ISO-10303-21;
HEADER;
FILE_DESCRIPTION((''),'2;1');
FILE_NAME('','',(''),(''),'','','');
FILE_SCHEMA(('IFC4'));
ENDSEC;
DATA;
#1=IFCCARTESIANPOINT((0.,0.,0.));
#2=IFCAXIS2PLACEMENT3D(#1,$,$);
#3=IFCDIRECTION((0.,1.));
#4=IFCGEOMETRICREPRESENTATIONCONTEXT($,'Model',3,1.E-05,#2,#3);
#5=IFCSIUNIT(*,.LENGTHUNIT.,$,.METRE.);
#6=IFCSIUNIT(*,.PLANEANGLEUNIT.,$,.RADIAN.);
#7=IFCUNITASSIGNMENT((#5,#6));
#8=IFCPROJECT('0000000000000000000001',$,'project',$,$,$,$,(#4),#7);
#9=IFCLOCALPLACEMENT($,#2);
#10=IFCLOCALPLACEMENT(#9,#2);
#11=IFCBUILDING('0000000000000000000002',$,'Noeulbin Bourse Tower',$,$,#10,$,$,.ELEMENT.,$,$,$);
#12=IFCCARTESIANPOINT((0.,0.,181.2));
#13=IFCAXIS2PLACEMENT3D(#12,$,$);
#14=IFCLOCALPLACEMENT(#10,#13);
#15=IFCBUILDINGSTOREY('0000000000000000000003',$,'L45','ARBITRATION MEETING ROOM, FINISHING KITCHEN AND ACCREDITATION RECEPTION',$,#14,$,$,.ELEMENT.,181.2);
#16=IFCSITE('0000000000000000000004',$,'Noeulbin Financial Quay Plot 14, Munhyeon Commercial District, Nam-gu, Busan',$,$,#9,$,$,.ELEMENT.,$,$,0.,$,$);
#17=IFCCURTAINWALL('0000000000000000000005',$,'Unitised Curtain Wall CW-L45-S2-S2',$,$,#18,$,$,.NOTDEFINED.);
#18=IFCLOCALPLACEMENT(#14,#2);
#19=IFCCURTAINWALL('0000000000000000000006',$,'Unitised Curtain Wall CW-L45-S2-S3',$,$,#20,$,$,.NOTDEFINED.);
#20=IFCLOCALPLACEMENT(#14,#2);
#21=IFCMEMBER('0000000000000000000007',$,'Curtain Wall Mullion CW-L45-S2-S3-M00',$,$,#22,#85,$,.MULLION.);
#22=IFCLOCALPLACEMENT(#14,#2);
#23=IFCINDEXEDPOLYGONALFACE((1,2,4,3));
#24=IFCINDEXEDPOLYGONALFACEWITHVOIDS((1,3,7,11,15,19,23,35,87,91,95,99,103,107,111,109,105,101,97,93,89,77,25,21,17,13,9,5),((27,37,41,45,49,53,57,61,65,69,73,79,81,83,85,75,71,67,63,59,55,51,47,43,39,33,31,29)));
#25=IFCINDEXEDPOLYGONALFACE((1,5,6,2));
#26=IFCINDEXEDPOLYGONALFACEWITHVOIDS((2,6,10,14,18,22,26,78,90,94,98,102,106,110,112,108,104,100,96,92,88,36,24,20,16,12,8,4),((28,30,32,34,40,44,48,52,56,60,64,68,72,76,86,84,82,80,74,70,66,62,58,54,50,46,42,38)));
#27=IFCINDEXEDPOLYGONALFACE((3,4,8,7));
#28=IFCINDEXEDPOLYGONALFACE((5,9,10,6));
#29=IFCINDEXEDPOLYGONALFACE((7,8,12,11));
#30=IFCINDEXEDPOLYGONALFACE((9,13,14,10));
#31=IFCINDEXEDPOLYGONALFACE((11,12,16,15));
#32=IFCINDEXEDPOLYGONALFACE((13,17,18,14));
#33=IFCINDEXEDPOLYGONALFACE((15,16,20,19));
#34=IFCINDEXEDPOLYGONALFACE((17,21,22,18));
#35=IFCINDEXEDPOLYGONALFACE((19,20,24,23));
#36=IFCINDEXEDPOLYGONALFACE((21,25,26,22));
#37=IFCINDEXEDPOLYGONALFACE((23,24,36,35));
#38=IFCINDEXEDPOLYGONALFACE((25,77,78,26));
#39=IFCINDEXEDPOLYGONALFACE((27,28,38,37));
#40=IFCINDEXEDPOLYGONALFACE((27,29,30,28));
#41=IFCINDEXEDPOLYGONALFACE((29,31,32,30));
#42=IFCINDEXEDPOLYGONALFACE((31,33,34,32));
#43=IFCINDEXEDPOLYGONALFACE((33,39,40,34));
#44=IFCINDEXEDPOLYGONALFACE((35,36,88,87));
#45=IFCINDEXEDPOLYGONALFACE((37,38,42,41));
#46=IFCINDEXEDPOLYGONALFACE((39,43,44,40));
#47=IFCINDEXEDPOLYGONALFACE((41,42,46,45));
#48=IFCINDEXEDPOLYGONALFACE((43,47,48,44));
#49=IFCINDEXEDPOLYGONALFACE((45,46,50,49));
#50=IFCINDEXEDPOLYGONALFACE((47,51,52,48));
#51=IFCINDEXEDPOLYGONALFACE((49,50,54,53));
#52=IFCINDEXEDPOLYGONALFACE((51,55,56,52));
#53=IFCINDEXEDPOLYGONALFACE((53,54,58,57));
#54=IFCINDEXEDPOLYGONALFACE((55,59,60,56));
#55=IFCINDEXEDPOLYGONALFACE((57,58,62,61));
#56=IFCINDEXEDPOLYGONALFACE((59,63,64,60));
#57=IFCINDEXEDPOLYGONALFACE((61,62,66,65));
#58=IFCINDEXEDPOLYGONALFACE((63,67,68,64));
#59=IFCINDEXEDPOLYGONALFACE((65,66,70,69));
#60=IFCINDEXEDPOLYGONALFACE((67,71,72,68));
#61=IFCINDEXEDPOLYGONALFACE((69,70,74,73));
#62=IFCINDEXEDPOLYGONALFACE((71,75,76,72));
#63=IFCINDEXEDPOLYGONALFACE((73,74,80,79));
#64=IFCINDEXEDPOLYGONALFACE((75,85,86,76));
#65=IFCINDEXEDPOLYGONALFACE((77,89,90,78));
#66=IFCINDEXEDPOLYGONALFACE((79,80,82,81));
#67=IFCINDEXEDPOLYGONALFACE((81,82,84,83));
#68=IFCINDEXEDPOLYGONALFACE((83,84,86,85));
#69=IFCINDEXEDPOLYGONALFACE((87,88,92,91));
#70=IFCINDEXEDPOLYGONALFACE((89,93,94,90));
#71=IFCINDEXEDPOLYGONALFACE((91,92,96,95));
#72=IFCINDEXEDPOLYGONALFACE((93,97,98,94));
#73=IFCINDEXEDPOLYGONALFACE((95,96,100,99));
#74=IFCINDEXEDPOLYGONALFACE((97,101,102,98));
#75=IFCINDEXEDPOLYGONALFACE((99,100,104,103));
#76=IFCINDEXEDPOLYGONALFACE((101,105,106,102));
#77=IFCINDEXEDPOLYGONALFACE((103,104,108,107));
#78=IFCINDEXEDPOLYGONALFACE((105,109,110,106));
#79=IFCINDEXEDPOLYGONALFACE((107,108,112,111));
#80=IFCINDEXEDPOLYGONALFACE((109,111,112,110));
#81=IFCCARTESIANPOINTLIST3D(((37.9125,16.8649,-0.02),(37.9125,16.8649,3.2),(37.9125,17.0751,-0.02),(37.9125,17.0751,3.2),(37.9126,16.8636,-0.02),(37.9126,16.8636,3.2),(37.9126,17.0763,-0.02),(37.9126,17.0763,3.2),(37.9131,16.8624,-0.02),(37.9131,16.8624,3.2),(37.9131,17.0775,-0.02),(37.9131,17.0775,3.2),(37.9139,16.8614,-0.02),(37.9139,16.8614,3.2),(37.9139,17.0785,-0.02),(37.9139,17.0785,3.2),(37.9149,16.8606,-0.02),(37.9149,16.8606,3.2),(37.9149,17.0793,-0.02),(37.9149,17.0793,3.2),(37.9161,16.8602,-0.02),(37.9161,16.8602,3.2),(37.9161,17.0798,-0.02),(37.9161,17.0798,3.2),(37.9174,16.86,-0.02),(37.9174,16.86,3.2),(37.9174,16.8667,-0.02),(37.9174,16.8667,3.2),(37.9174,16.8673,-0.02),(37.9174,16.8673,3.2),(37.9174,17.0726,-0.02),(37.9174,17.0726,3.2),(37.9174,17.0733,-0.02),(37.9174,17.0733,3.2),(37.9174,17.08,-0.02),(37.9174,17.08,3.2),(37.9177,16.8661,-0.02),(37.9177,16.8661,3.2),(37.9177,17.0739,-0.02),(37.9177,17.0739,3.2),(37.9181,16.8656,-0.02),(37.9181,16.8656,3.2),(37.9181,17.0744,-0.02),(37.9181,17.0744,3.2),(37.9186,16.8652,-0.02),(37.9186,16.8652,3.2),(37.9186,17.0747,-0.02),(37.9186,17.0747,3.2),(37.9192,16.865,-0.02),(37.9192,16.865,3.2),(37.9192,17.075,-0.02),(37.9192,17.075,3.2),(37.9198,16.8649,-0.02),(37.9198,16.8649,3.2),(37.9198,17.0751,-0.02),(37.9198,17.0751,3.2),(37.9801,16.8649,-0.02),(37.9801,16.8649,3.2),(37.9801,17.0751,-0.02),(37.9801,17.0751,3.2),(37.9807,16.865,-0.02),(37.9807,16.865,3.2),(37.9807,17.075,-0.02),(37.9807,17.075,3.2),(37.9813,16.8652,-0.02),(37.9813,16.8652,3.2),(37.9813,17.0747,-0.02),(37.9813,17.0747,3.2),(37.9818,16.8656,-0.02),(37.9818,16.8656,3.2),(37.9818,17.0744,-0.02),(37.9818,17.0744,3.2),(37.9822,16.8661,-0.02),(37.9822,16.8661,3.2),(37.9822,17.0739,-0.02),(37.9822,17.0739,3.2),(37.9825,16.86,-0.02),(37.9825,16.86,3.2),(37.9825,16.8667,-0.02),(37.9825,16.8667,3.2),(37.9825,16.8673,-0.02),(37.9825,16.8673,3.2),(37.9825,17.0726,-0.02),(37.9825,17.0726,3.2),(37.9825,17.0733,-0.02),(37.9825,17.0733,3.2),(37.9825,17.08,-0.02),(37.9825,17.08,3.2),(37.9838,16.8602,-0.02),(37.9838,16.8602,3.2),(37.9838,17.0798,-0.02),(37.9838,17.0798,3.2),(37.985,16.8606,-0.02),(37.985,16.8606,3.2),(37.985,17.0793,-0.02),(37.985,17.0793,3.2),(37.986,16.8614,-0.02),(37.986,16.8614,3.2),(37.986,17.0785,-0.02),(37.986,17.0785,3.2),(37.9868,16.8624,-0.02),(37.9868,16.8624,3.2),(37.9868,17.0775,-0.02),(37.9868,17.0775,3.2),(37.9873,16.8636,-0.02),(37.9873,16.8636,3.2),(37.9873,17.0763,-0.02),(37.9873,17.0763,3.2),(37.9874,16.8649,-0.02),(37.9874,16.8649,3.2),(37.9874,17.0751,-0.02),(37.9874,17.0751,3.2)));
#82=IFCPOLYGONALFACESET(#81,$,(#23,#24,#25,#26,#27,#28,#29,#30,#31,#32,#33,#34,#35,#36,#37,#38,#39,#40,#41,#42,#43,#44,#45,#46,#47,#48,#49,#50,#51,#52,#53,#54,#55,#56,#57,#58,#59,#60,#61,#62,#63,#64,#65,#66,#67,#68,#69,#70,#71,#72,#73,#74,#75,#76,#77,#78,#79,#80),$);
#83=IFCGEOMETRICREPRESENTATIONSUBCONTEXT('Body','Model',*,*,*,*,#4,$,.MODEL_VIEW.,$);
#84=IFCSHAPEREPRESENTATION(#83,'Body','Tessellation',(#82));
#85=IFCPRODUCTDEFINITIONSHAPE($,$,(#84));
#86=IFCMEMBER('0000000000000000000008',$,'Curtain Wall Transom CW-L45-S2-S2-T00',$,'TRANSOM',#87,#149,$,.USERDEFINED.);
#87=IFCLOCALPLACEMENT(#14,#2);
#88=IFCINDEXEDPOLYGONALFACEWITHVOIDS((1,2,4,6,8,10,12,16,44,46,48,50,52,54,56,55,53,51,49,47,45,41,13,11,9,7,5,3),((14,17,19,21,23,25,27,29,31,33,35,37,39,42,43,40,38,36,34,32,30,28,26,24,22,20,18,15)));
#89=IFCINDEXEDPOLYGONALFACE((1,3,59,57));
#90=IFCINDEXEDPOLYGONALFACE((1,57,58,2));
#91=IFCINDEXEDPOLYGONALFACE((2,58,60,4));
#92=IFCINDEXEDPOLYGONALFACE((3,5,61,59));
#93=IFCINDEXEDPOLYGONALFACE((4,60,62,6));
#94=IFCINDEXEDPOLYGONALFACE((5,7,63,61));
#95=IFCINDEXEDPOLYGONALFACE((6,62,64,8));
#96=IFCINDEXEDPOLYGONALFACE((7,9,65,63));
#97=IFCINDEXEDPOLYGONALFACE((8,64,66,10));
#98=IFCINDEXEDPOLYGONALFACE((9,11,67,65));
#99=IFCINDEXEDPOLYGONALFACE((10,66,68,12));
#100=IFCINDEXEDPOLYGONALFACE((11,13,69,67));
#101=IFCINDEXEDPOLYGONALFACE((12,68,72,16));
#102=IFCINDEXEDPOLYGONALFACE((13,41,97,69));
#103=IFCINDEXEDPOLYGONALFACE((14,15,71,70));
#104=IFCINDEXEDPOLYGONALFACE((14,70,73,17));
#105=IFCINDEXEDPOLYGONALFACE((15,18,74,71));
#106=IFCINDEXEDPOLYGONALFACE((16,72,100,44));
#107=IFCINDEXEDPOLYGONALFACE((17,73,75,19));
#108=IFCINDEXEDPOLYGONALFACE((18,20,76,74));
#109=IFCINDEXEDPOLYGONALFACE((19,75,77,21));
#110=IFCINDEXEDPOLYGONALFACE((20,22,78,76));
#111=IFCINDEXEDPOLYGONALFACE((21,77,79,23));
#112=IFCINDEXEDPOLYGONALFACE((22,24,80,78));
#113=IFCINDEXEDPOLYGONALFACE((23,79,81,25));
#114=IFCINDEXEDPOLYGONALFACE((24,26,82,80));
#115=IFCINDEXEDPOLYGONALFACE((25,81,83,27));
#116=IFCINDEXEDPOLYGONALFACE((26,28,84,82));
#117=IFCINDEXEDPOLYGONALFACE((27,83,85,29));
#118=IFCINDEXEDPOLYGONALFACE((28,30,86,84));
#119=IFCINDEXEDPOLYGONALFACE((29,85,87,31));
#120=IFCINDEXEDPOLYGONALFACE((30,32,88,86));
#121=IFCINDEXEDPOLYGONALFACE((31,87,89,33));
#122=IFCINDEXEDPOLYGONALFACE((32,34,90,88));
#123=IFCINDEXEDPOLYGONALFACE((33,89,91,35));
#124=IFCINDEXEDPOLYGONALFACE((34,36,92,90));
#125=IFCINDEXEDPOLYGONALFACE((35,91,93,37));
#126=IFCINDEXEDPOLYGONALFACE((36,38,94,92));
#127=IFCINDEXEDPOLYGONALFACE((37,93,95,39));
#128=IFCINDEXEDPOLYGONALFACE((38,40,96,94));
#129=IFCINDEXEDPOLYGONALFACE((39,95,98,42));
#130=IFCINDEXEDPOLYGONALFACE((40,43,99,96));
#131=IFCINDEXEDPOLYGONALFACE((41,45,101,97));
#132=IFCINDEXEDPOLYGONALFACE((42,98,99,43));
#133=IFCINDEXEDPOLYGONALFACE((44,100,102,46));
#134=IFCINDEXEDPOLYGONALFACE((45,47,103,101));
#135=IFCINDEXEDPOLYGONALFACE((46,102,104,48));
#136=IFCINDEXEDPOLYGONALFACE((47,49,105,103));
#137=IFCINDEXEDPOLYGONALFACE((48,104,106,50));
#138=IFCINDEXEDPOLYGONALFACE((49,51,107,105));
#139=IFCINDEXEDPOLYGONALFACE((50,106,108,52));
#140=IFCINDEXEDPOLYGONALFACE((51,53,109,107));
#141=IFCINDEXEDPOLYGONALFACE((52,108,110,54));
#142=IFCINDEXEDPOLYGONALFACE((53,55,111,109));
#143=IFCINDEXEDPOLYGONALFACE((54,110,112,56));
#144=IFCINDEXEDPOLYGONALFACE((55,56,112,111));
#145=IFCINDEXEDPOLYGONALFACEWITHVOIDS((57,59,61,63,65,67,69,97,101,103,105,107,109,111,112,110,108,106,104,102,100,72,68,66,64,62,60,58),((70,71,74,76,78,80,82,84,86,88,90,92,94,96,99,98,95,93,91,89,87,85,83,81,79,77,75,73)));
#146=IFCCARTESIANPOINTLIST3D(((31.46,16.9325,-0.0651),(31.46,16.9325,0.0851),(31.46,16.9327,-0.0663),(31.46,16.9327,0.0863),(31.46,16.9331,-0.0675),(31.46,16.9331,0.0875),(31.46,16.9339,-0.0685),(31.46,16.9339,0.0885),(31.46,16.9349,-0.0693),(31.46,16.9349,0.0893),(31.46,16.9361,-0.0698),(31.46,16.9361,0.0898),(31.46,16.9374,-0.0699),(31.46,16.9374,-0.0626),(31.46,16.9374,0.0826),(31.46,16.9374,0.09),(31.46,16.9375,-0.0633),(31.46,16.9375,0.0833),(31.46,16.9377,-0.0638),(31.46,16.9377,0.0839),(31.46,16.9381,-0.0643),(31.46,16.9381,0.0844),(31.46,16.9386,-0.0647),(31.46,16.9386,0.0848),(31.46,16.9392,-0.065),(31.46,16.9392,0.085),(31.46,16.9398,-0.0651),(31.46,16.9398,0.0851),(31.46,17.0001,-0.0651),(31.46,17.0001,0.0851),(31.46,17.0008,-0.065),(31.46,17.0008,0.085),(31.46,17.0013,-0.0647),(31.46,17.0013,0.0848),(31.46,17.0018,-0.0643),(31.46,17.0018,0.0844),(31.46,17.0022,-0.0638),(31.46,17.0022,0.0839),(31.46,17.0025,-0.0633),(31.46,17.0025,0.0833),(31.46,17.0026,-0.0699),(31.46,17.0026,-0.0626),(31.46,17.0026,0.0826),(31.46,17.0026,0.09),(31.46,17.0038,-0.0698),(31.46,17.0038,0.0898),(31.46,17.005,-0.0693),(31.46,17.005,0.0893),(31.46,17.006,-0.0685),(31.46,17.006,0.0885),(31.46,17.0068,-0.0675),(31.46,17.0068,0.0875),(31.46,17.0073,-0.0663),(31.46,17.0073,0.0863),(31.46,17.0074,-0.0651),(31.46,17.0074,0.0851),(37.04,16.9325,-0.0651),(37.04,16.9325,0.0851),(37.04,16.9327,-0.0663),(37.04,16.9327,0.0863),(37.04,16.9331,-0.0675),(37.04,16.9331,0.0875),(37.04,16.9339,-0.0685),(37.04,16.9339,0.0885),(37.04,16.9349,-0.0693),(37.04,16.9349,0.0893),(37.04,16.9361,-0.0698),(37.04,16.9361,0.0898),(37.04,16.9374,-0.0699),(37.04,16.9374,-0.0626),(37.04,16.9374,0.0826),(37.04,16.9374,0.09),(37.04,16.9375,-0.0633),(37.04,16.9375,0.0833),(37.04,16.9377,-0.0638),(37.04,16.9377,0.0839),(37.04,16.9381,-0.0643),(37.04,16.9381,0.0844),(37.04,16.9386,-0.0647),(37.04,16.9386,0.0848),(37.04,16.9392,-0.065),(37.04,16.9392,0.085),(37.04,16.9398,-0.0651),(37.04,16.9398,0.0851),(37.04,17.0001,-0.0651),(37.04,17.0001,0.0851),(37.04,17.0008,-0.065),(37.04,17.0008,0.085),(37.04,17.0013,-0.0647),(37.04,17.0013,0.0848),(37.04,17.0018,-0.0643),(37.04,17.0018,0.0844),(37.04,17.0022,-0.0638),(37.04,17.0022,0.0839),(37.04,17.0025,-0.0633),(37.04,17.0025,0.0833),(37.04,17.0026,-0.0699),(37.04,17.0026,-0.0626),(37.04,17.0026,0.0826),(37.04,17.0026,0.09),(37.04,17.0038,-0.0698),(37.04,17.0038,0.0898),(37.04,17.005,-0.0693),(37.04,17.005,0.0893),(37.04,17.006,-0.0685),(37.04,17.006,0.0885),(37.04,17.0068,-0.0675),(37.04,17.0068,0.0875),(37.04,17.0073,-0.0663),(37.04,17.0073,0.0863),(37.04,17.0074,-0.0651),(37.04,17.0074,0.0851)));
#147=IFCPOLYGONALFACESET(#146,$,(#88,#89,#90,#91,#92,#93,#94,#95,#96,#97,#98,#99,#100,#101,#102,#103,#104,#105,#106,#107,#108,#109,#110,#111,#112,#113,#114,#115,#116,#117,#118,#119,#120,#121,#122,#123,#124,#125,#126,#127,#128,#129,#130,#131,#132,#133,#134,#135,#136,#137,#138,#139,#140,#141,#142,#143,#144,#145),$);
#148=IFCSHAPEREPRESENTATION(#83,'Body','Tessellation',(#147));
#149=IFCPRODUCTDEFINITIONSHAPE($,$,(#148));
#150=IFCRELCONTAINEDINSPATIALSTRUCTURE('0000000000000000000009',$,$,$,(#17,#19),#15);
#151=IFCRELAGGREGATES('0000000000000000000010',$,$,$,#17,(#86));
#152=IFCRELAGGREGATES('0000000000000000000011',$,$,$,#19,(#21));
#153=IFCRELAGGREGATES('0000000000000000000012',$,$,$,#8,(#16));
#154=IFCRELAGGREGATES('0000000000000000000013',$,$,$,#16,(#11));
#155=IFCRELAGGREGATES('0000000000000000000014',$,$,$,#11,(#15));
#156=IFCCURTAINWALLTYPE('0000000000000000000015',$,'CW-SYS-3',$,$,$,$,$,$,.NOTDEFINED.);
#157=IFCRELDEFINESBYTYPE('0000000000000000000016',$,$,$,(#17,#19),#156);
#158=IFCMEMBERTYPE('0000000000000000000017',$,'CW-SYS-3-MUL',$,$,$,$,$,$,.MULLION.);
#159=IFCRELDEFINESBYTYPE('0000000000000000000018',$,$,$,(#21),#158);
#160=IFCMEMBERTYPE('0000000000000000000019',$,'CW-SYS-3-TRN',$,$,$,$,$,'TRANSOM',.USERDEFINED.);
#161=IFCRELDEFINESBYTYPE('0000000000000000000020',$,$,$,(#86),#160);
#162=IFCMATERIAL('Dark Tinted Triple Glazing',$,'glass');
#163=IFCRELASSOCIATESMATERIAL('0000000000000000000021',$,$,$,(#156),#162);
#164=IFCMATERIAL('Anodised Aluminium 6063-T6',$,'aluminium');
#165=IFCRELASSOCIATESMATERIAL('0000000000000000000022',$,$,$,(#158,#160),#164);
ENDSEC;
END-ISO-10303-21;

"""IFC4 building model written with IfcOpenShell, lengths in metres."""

from ifc_helpers import new_model, si_unit, direction, frame, origin, origin_2d, place, context, subcontext, project, spatial, hollow_rectangle, extrude, material, material_profile, profile_set, type_object, element, aggregate, save


model = new_model("IFC4")

# Units and contexts
model_context = context("Model", 3, precision=1e-05, world=origin(), true_north=direction((0.0, 1.0)))
body_context = subcontext(model_context, "Body", "Model", "MODEL_VIEW")
ifc_project = project(units=[si_unit("LENGTHUNIT", "METRE"), si_unit("PLANEANGLEUNIT", "RADIAN")], contexts=[model_context])

# Site, building, storey
site_placement = place(None, origin())
site = spatial("IfcSite", under=ifc_project, at=site_placement, Name="Noeulbin Financial Quay Plot 14, Munhyeon Commercial District, Nam-gu, Busan", CompositionType="ELEMENT", RefElevation=0.0)
building_placement = place(site_placement, origin())
building = spatial("IfcBuilding", under=site, at=building_placement, Name="Noeulbin Bourse Tower", CompositionType="ELEMENT")
storey_placement = place(building_placement, frame((0.0, 0.0, 181.2)))
storey = spatial("IfcBuildingStorey", under=building, at=storey_placement, Name="L45", Description="ARBITRATION MEETING ROOM, FINISHING KITCHEN AND ACCREDITATION RECEPTION", CompositionType="ELEMENT", Elevation=181.2)

# Curtain wall
ifc_material_1 = material(Name="Dark Tinted Triple Glazing", Category="glass")
curtain_wall_type = type_object("IfcCurtainWallType", Name="CW-SYS-3", PredefinedType="NOTDEFINED", material=ifc_material_1)
curtain_wall_1_placement = place(storey_placement, origin())
curtain_wall_1 = element("IfcCurtainWall", 1, at=curtain_wall_1_placement, inside=storey, type_object=curtain_wall_type, Name="Unitised Curtain Wall CW-L45-S2-S2", PredefinedType="NOTDEFINED")
ifc_material_2 = material(Name="Anodised Aluminium 6063-T6", Category="aluminium")
ifc_material_profile_1 = material_profile(ifc_material_2, hollow_rectangle(XDim=0.075, YDim=0.22, WallThickness=0.0049, InnerFilletRadius=0.0024, OuterFilletRadius=0.0049, at=origin_2d()), Name="ALU-MULL-75x220x5", Category="LoadBearing")
ifc_profile_set_1 = profile_set([ifc_material_profile_1], Name="Anodised Aluminium 6063-T6")
member_type_1 = type_object("IfcMemberType", Name="CW-SYS-3-MUL", PredefinedType="MULLION", material=ifc_profile_set_1)

# Curtain wall, member
curtain_wall_2_placement = place(storey_placement, origin())
curtain_wall_2 = element("IfcCurtainWall", 2, at=curtain_wall_2_placement, inside=storey, type_object=curtain_wall_type, Name="Unitised Curtain Wall CW-L45-S2-S3", PredefinedType="NOTDEFINED")
member_1_placement = place(storey_placement, frame((37.95, 16.97, -0.02), z_axis=(0.0, 0.0, 1.0), x_axis=(1.0, 0.0, 0.0)))
member_1 = element("IfcMember", 3, at=member_1_placement, type_object=member_type_1, Name="Curtain Wall Mullion CW-L45-S2-S3-M00", PredefinedType="MULLION", context=body_context, shape_type="SweptSolid", body=[
    extrude(hollow_rectangle(XDim=0.075, YDim=0.22, WallThickness=0.0049, InnerFilletRadius=0.0024, OuterFilletRadius=0.0049, at=origin_2d()), origin(), (0.0, 0.0, 1.0), 3.22),
])

# Member
ifc_material_profile_2 = material_profile(ifc_material_2, hollow_rectangle(XDim=0.075, YDim=0.1599, WallThickness=0.0049, InnerFilletRadius=0.0024, OuterFilletRadius=0.0049, at=origin_2d()), Name="ALU-TRAN-75x160x5", Category="LoadBearing")
ifc_profile_set_2 = profile_set([ifc_material_profile_2], Name="Anodised Aluminium 6063-T6")
member_type_2 = type_object("IfcMemberType", Name="CW-SYS-3-TRN", ElementType="TRANSOM", PredefinedType="USERDEFINED", material=ifc_profile_set_2)
member_2_placement = place(storey_placement, frame((31.46, 16.97, 0.01), z_axis=(1.0, 0.0, 0.0), x_axis=(0.0, 1.0, 0.0)))
member_2 = element("IfcMember", 4, at=member_2_placement, type_object=member_type_2, Name="Curtain Wall Transom CW-L45-S2-S2-T00", ObjectType="TRANSOM", PredefinedType="USERDEFINED", context=body_context, shape_type="SweptSolid", body=[
    extrude(hollow_rectangle(XDim=0.075, YDim=0.1599, WallThickness=0.0049, InnerFilletRadius=0.0024, OuterFilletRadius=0.0049, at=origin_2d()), origin(), (0.0, 0.0, 1.0), 5.5801),
])

aggregate(curtain_wall_1, [member_2])
aggregate(curtain_wall_2, [member_1])

save(model, "model.ifc")
